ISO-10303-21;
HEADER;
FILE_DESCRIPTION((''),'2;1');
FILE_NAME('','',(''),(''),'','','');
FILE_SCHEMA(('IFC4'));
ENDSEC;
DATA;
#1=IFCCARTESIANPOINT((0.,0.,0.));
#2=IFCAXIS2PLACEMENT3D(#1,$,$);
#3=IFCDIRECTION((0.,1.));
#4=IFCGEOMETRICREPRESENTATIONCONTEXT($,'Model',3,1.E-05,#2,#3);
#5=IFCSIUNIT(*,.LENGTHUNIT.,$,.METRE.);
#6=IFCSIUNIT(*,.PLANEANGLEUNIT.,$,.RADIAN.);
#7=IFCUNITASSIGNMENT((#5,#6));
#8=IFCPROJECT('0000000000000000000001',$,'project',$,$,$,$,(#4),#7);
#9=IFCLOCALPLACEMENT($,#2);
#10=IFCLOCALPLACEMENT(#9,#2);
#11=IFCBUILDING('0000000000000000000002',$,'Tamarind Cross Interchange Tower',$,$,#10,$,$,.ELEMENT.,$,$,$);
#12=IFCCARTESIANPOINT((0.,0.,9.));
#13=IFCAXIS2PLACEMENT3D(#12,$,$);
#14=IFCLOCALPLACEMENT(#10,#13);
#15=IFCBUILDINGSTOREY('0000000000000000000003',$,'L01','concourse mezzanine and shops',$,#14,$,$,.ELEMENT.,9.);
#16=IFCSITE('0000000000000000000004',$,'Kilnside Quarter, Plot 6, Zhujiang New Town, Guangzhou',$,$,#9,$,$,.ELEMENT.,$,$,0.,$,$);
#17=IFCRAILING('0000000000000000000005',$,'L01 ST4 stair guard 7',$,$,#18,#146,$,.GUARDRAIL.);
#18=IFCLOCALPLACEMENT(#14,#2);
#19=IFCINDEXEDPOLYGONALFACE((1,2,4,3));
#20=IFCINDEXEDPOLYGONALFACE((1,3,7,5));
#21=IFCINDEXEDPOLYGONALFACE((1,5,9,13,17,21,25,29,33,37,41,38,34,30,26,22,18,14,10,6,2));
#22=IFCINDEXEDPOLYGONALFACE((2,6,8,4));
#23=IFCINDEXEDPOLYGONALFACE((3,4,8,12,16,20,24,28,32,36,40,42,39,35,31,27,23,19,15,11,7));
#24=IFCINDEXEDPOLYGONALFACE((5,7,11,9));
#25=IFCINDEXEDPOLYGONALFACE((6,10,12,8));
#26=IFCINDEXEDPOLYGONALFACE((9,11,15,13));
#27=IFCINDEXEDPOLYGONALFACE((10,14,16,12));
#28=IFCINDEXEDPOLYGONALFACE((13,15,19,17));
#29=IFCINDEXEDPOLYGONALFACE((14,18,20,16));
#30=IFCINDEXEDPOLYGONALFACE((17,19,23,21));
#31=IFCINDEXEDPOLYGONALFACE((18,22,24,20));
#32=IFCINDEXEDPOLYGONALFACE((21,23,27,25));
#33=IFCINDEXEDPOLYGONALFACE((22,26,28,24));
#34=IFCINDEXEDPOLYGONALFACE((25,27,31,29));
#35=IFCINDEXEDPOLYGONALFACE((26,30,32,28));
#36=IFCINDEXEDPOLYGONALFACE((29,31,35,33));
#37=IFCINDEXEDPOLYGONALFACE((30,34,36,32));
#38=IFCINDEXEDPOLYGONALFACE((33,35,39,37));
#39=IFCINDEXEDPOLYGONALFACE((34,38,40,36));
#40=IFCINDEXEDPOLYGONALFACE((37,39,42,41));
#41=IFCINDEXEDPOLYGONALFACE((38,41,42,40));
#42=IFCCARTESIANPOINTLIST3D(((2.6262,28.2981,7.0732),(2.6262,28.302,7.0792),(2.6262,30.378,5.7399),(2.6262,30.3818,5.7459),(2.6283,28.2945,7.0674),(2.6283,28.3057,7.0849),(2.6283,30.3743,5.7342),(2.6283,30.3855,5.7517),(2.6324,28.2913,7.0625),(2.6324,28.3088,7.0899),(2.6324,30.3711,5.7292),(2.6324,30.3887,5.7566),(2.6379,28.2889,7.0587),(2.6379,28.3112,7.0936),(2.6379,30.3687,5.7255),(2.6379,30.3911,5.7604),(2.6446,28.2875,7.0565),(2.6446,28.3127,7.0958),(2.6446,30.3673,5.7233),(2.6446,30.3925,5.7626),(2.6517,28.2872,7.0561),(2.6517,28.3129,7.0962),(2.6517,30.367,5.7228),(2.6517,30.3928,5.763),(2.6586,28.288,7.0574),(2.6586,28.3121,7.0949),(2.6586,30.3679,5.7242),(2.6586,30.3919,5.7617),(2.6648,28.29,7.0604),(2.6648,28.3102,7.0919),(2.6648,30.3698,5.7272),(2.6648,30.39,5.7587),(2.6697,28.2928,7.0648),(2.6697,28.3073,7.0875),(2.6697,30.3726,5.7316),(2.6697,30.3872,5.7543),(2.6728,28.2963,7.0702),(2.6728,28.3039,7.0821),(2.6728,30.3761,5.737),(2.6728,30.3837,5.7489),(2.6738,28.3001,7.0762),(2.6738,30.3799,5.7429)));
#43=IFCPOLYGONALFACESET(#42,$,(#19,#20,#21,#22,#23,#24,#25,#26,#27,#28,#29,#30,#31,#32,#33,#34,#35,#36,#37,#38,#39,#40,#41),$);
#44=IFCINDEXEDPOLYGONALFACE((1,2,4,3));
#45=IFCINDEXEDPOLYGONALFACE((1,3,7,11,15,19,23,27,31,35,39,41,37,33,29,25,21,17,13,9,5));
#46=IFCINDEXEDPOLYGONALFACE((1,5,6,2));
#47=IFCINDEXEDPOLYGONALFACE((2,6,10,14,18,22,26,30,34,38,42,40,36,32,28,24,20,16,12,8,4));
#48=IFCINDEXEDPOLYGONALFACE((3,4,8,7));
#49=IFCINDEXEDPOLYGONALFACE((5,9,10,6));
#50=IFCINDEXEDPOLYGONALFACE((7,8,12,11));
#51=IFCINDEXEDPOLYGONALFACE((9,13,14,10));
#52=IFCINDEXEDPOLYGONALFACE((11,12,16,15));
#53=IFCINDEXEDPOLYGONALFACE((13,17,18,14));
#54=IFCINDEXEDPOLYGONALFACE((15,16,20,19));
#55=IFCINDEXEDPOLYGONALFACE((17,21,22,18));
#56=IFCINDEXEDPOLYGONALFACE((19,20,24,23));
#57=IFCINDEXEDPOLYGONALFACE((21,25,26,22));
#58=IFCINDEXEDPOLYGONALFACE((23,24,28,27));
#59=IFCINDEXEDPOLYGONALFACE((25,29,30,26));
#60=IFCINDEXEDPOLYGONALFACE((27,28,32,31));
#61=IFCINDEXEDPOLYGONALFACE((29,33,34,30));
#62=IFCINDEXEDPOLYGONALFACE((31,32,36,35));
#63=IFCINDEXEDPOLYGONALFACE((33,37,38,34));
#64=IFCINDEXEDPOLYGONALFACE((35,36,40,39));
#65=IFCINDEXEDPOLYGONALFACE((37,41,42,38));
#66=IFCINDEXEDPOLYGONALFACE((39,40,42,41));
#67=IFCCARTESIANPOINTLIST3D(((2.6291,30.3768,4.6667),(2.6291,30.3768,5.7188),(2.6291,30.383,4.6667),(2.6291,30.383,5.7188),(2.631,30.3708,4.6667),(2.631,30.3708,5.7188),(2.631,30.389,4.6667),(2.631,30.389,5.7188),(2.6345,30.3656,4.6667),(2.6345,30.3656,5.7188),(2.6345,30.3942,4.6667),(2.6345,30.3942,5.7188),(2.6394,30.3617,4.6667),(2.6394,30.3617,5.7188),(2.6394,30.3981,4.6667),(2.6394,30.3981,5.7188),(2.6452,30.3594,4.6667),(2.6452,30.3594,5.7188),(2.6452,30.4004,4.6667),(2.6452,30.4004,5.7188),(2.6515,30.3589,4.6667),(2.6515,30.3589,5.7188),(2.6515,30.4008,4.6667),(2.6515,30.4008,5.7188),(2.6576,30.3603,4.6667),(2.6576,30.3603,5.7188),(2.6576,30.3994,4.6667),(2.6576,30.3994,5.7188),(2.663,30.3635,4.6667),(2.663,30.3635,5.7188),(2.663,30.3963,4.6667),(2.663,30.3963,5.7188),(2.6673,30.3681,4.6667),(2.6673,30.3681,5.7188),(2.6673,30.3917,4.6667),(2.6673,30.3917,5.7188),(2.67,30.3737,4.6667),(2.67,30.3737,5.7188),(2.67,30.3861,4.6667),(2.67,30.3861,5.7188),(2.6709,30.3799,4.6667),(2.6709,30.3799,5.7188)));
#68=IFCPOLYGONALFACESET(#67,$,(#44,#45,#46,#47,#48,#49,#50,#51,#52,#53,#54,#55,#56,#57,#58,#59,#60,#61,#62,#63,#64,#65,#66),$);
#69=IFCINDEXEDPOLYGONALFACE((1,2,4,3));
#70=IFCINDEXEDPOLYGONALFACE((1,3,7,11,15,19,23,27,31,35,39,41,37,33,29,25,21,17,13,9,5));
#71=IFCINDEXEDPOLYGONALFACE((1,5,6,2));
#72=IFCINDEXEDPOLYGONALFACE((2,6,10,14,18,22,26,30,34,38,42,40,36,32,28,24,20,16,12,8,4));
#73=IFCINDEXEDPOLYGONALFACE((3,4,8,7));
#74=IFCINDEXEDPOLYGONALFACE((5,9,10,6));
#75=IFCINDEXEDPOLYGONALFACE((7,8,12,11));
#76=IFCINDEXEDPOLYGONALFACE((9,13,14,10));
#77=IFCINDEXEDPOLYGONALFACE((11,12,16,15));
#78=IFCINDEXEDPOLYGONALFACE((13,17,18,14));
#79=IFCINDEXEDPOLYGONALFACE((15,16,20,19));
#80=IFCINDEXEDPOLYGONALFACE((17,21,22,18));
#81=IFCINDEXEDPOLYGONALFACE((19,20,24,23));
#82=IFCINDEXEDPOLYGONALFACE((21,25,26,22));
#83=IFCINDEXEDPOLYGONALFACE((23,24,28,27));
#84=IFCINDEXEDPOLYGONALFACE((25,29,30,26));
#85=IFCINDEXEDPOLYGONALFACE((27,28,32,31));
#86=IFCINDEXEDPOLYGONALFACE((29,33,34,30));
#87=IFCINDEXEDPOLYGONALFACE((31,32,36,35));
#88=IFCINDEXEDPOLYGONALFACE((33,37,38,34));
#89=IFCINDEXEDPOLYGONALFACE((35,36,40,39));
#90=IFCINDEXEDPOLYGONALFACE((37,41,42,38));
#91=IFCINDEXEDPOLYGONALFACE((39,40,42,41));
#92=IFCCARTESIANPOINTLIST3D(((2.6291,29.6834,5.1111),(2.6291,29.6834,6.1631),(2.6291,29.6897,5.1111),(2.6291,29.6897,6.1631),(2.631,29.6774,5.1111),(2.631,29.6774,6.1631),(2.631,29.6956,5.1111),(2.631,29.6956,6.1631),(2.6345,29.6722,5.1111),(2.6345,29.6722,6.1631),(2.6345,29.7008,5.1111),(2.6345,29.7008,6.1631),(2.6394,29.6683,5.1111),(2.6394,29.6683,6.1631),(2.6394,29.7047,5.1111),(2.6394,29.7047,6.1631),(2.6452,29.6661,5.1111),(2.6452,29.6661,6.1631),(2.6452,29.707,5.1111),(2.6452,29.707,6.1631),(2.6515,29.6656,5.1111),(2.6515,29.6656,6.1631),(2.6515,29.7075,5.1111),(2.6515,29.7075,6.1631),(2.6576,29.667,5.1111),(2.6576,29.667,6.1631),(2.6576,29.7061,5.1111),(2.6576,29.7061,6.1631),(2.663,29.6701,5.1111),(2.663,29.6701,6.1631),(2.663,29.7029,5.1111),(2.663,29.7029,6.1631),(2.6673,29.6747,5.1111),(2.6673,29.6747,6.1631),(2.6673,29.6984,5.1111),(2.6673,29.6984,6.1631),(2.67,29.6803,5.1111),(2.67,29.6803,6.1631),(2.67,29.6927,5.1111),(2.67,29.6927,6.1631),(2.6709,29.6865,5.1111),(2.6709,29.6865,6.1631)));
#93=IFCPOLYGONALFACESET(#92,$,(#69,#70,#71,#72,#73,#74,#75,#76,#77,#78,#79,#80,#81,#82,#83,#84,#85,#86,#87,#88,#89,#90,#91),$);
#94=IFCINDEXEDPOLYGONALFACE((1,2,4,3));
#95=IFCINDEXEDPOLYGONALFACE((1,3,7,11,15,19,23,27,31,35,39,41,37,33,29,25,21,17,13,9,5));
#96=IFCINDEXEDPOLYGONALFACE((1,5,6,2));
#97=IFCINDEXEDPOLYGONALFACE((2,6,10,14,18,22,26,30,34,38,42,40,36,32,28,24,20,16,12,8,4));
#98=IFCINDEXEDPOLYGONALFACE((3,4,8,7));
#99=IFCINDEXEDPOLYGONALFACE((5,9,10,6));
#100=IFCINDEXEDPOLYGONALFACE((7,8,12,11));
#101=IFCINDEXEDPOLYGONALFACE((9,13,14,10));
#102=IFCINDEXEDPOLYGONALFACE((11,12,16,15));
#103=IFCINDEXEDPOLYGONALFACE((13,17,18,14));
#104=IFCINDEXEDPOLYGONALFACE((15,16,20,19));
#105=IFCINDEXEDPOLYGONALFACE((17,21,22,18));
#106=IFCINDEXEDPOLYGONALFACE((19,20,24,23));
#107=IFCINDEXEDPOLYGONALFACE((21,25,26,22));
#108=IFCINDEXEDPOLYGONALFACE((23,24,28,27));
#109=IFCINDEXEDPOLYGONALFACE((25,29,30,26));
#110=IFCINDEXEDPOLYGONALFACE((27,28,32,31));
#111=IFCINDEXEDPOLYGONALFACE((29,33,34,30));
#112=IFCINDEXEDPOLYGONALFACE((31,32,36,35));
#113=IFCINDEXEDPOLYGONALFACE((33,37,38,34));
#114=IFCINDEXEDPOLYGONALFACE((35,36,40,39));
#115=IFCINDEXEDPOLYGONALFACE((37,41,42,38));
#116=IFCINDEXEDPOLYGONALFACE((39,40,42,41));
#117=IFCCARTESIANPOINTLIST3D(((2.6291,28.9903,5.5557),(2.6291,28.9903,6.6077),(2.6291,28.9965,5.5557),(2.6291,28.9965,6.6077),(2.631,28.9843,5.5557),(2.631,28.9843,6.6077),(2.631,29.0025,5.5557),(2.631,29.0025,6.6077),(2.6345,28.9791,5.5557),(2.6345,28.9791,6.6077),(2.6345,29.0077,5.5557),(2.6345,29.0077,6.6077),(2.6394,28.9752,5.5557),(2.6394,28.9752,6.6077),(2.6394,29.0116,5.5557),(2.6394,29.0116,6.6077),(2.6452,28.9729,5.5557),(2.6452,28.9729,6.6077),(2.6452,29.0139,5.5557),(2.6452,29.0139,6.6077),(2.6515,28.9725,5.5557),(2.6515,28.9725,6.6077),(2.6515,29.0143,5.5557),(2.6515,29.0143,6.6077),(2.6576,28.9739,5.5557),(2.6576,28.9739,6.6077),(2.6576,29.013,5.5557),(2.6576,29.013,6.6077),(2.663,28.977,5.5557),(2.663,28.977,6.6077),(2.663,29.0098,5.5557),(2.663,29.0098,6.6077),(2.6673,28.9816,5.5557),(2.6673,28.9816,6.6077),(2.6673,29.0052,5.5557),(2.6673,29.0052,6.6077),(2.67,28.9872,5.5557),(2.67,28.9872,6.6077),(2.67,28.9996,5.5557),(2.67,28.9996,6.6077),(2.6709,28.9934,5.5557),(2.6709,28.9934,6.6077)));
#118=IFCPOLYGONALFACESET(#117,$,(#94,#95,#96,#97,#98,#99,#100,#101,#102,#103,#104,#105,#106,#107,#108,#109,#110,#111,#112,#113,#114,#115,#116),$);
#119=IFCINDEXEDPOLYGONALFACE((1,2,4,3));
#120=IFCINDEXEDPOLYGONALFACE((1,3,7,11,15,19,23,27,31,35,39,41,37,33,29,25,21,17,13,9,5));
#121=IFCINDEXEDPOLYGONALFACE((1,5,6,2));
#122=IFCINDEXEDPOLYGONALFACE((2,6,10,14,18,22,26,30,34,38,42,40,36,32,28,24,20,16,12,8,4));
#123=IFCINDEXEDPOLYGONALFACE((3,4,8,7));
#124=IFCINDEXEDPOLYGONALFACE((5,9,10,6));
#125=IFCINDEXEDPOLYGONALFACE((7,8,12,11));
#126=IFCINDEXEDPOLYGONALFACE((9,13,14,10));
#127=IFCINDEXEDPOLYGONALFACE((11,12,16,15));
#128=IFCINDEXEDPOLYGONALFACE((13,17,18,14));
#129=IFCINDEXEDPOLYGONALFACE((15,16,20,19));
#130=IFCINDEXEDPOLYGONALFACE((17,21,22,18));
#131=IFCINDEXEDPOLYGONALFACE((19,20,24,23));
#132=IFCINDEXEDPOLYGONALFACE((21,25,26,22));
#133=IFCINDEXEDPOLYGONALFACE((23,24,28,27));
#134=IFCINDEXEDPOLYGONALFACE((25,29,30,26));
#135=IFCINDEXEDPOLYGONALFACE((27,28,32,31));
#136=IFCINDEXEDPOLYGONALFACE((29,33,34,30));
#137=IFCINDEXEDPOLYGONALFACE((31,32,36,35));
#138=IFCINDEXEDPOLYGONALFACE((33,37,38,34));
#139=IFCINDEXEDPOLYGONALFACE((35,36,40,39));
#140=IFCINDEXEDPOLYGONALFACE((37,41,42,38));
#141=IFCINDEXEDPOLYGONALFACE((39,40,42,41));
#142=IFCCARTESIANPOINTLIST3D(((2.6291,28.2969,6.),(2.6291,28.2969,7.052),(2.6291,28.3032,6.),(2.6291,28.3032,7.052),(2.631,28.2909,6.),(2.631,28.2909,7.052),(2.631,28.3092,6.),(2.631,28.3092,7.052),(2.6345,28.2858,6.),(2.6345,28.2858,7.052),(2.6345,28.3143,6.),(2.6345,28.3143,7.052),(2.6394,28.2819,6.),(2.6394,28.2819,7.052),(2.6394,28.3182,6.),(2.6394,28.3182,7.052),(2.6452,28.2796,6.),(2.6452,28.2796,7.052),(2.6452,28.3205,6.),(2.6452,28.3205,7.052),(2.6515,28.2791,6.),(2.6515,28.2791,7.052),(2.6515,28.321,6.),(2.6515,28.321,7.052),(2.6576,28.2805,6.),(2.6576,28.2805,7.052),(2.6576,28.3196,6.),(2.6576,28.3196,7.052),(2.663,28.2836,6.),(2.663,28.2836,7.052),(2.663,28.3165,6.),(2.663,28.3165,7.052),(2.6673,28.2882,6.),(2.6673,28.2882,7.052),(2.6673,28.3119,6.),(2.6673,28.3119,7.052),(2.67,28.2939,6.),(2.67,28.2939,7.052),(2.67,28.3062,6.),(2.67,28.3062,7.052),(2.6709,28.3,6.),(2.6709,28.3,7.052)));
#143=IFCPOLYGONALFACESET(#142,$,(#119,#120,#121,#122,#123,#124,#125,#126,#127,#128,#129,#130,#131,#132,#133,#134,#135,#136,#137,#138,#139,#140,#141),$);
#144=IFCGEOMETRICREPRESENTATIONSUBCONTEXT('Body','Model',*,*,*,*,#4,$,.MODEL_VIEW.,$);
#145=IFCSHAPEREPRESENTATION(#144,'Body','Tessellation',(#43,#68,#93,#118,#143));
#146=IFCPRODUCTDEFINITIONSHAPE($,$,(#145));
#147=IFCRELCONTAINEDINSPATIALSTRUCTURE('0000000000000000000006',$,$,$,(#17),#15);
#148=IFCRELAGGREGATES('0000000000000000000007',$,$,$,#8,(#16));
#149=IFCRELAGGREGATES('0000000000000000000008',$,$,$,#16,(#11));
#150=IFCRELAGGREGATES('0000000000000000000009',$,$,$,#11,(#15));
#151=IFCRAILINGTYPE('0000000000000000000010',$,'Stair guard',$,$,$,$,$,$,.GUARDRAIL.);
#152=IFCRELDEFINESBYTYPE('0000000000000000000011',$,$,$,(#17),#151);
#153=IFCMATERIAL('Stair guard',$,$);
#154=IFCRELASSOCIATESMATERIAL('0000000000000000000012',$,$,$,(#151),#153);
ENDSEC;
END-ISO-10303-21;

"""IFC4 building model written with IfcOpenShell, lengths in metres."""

from ifc_helpers import new_model, si_unit, direction, frame, origin, origin_2d, place, context, subcontext, project, spatial, circle, extrude, material, type_object, element, save


model = new_model("IFC4")

# Units and contexts
model_context = context("Model", 3, precision=1e-05, world=origin(), true_north=direction((0.0, 1.0)))
body_context = subcontext(model_context, "Body", "Model", "MODEL_VIEW")
ifc_project = project(units=[si_unit("LENGTHUNIT", "METRE"), si_unit("PLANEANGLEUNIT", "RADIAN")], contexts=[model_context])

# Site, building, storey
site_placement = place(None, origin())
site = spatial("IfcSite", under=ifc_project, at=site_placement, Name="Kilnside Quarter, Plot 6, Zhujiang New Town, Guangzhou", CompositionType="ELEMENT", RefElevation=0.0)
building_placement = place(site_placement, origin())
building = spatial("IfcBuilding", under=site, at=building_placement, Name="Tamarind Cross Interchange Tower", CompositionType="ELEMENT")
storey_placement = place(building_placement, frame((0.0, 0.0, 9.0)))
storey = spatial("IfcBuildingStorey", under=building, at=storey_placement, Name="L01", Description="concourse mezzanine and shops", CompositionType="ELEMENT", Elevation=9.0)

# Railing
ifc_material_1 = material(Name="Stair guard")
railing_type_1 = type_object("IfcRailingType", Name="Stair guard", PredefinedType="GUARDRAIL", material=ifc_material_1)
railing_1_placement = place(storey_placement, frame((2.6499, 30.3799, 4.6667)))
element("IfcRailing", 1, at=railing_1_placement, inside=storey, type_object=railing_type_1, Name="L01 ST4 stair guard 7", PredefinedType="GUARDRAIL", context=body_context, shape_type="SweptSolid", body=[
    extrude(circle(Radius=0.0239, at=origin_2d()), frame((0.0, 0.0, 1.0762), z_axis=(0.0, -0.841875, 0.539673), x_axis=(1.0, 0.0, 0.0)), (0.0, 0.0, 1.0), 2.4705),
    extrude(circle(Radius=0.021, at=origin_2d()), origin(), (0.0, 0.0, 1.0), 1.052),
    extrude(circle(Radius=0.021, at=origin_2d()), frame((0.0, -0.6934, 0.4443)), (0.0, 0.0, 1.0), 1.052),
    extrude(circle(Radius=0.021, at=origin_2d()), frame((0.0, -1.3865, 0.8889)), (0.0, 0.0, 1.0), 1.052),
    extrude(circle(Radius=0.021, at=origin_2d()), frame((0.0, -2.0798, 1.3333)), (0.0, 0.0, 1.0), 1.052),
])

save(model, "model.ifc")
